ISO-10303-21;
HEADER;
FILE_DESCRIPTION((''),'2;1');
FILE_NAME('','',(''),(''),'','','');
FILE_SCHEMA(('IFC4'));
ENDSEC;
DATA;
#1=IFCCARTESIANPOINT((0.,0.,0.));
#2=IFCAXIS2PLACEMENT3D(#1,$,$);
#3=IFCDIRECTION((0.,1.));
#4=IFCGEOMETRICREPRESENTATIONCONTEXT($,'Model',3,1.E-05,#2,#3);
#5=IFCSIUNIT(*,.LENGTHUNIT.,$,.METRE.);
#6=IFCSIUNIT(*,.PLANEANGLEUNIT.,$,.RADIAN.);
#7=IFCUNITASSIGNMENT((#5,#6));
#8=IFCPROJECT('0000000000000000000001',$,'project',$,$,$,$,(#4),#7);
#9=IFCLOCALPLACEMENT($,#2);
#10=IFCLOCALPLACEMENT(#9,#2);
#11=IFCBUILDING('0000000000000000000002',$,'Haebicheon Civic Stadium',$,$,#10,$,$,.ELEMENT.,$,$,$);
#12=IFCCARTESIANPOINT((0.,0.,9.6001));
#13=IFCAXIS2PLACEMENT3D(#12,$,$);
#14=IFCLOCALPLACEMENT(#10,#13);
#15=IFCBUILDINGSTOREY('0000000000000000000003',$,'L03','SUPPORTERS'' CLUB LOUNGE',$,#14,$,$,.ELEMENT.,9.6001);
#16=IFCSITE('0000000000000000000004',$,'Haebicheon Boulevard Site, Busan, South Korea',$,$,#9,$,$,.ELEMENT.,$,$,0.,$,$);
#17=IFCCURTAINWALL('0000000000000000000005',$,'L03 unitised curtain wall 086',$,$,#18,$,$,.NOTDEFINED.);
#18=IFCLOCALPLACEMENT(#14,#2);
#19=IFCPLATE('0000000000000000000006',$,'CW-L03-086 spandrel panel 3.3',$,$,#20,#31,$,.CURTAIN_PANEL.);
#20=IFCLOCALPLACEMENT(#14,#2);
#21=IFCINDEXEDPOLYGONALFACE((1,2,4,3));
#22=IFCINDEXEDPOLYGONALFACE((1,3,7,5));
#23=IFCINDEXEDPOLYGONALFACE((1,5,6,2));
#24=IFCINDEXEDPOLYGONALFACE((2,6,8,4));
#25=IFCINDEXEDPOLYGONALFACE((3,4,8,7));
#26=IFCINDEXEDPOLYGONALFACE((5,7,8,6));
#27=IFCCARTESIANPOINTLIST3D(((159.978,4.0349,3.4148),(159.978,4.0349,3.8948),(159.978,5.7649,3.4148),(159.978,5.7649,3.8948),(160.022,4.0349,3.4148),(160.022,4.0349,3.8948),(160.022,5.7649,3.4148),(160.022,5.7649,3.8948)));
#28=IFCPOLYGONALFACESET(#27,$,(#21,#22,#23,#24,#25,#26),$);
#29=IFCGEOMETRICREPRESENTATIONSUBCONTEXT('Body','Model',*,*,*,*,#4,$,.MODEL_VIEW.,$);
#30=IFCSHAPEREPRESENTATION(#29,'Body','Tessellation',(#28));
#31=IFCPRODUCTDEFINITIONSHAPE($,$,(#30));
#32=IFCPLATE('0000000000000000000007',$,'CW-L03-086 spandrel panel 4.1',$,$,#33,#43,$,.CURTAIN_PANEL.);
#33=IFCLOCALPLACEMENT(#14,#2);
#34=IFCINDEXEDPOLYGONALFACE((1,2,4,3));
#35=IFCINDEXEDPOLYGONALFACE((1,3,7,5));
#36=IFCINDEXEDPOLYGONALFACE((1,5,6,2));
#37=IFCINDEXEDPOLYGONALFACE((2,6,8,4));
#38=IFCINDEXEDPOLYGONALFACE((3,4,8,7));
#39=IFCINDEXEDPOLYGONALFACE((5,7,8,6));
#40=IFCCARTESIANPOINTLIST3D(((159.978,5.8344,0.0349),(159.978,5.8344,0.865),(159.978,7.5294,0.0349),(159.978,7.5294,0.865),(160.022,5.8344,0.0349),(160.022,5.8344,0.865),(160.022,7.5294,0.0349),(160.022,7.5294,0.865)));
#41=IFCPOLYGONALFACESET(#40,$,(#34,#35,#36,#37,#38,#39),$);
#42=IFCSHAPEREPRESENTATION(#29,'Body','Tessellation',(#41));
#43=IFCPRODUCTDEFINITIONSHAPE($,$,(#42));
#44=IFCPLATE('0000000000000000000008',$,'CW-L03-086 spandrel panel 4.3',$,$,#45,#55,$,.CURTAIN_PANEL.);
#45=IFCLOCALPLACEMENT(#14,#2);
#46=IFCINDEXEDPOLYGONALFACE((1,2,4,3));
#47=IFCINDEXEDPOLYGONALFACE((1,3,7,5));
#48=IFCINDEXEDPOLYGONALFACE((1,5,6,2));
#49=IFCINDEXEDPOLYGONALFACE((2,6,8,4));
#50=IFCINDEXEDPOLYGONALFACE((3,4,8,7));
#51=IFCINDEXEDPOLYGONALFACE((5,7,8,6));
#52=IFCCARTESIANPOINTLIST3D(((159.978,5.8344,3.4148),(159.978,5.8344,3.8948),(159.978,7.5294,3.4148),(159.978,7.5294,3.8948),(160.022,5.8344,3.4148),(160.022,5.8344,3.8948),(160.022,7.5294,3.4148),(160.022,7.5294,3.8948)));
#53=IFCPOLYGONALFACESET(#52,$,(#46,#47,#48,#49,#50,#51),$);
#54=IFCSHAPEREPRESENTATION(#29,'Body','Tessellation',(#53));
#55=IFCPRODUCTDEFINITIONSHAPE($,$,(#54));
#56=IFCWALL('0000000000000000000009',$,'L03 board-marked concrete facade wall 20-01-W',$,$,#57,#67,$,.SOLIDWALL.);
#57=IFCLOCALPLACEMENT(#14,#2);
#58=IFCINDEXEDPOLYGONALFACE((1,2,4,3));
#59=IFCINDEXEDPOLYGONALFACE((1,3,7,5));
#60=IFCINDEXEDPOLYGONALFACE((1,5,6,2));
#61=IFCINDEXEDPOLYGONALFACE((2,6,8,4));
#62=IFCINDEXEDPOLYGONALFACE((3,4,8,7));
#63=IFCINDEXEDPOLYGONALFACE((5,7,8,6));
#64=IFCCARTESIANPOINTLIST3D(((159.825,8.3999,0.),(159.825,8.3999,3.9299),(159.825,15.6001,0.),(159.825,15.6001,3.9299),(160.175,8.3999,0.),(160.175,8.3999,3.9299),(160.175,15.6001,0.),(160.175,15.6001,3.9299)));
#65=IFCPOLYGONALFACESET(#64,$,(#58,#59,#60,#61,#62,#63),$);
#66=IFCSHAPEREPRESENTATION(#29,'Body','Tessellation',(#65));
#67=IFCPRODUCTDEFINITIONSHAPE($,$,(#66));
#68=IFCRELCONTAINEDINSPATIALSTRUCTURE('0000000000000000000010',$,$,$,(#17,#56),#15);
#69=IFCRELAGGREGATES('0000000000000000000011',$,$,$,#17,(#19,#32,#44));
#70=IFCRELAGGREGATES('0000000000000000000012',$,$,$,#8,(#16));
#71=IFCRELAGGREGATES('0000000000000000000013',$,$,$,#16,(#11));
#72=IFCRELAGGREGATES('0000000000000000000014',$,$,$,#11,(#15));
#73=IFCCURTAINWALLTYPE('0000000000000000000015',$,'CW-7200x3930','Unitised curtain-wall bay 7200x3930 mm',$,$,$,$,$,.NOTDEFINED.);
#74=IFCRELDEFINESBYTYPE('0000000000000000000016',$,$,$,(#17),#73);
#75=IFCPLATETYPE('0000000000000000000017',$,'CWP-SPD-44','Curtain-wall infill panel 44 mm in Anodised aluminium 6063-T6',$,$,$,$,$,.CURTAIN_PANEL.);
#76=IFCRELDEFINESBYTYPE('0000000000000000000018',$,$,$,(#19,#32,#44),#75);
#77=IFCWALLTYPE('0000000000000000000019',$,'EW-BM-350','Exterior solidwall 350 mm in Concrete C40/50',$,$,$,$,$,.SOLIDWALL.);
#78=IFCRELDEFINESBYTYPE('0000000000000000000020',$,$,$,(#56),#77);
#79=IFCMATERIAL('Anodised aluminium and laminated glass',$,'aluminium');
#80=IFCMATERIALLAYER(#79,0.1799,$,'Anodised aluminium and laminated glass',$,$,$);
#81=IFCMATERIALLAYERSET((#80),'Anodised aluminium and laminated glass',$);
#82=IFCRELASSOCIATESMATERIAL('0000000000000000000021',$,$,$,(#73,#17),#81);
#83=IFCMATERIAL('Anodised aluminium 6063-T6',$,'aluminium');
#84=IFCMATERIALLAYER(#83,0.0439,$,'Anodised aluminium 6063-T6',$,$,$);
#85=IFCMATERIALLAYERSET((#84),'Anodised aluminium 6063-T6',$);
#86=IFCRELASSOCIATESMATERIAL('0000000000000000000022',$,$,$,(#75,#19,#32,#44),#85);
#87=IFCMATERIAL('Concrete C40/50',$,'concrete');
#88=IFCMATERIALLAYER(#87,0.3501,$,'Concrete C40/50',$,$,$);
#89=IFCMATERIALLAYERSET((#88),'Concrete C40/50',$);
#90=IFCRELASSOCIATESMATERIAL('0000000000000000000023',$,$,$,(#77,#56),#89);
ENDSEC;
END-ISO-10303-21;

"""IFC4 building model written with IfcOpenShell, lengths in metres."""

from ifc_helpers import new_model, si_unit, direction, frame, frame_2d, origin, origin_2d, place, context, subcontext, project, spatial, rectangle, extrude, material, layer, layer_set, type_object, element, aggregate, save


model = new_model("IFC4")

# Units and contexts
model_context = context("Model", 3, precision=1e-05, world=origin(), true_north=direction((0.0, 1.0)))
body_context = subcontext(model_context, "Body", "Model", "MODEL_VIEW")
ifc_project = project(units=[si_unit("LENGTHUNIT", "METRE"), si_unit("PLANEANGLEUNIT", "RADIAN")], contexts=[model_context])

# Site, building, storey
site_placement = place(None, origin())
site = spatial("IfcSite", under=ifc_project, at=site_placement, Name="Haebicheon Boulevard Site, Busan, South Korea", CompositionType="ELEMENT", RefElevation=0.0)
building_placement = place(site_placement, origin())
building = spatial("IfcBuilding", under=site, at=building_placement, Name="Haebicheon Civic Stadium", CompositionType="ELEMENT")
storey_placement = place(building_placement, frame((0.0, 0.0, 9.6001)))
storey = spatial("IfcBuildingStorey", under=building, at=storey_placement, Name="L03", Description="SUPPORTERS' CLUB LOUNGE", CompositionType="ELEMENT", Elevation=9.6001)

# Curtain wall
ifc_material_1 = material(Name="Anodised aluminium and laminated glass", Category="aluminium")
ifc_layer_1 = layer(ifc_material_1, 0.1799, Name="Anodised aluminium and laminated glass")
ifc_layer_set_1 = layer_set([ifc_layer_1], Name="Anodised aluminium and laminated glass")
curtain_wall_type = type_object("IfcCurtainWallType", Name="CW-7200x3930", Description="Unitised curtain-wall bay 7200x3930 mm", PredefinedType="NOTDEFINED", material=ifc_layer_set_1)
curtain_wall_placement = place(storey_placement, origin())
curtain_wall = element("IfcCurtainWall", 1, at=curtain_wall_placement, inside=storey, type_object=curtain_wall_type, material=ifc_layer_set_1, Name="L03 unitised curtain wall 086", PredefinedType="NOTDEFINED")

# Plates
ifc_material_2 = material(Name="Anodised aluminium 6063-T6", Category="aluminium")
ifc_layer_2 = layer(ifc_material_2, 0.0439, Name="Anodised aluminium 6063-T6")
ifc_layer_set_2 = layer_set([ifc_layer_2], Name="Anodised aluminium 6063-T6")
plate_type_1 = type_object("IfcPlateType", Name="CWP-SPD-44", Description="Curtain-wall infill panel 44 mm in Anodised aluminium 6063-T6", PredefinedType="CURTAIN_PANEL", material=ifc_layer_set_2)
plate_1_placement = place(storey_placement, frame((160.0, 4.8999, 3.4148), z_axis=(0.0, 0.0, 1.0), x_axis=(0.0, 1.0, 0.0)))
plate_1 = element("IfcPlate", 2, at=plate_1_placement, type_object=plate_type_1, material=ifc_layer_set_2, Name="CW-L03-086 spandrel panel 3.3", PredefinedType="CURTAIN_PANEL", context=body_context, shape_type="SweptSolid", body=[
    extrude(rectangle(XDim=1.73, YDim=0.0439, at=origin_2d()), origin(), (0.0, 0.0, 1.0), 0.48),
])
plate_2_placement = place(storey_placement, frame((160.0, 6.6819, 0.0349), z_axis=(0.0, 0.0, 1.0), x_axis=(0.0, 1.0, 0.0)))
plate_2 = element("IfcPlate", 3, at=plate_2_placement, type_object=plate_type_1, material=ifc_layer_set_2, Name="CW-L03-086 spandrel panel 4.1", PredefinedType="CURTAIN_PANEL", context=body_context, shape_type="SweptSolid", body=[
    extrude(rectangle(XDim=1.6951, YDim=0.0439, at=origin_2d()), origin(), (0.0, 0.0, 1.0), 0.8301),
])
plate_3_placement = place(storey_placement, frame((160.0, 6.6819, 3.4148), z_axis=(0.0, 0.0, 1.0), x_axis=(0.0, 1.0, 0.0)))
plate_3 = element("IfcPlate", 4, at=plate_3_placement, type_object=plate_type_1, material=ifc_layer_set_2, Name="CW-L03-086 spandrel panel 4.3", PredefinedType="CURTAIN_PANEL", context=body_context, shape_type="SweptSolid", body=[
    extrude(rectangle(XDim=1.6951, YDim=0.0439, at=origin_2d()), origin(), (0.0, 0.0, 1.0), 0.48),
])
aggregate(curtain_wall, [plate_1, plate_2, plate_3])

# Wall
ifc_material_3 = material(Name="Concrete C40/50", Category="concrete")
ifc_layer_3 = layer(ifc_material_3, 0.3501, Name="Concrete C40/50")
ifc_layer_set_3 = layer_set([ifc_layer_3], Name="Concrete C40/50")
wall_type = type_object("IfcWallType", Name="EW-BM-350", Description="Exterior solidwall 350 mm in Concrete C40/50", PredefinedType="SOLIDWALL", material=ifc_layer_set_3)
wall_placement = place(storey_placement, frame((160.0, 8.3999, 0.0), z_axis=(0.0, 0.0, 1.0), x_axis=(0.0, 1.0, 0.0)))
element("IfcWall", 5, at=wall_placement, inside=storey, type_object=wall_type, material=ifc_layer_set_3, Name="L03 board-marked concrete facade wall 20-01-W", PredefinedType="SOLIDWALL", context=body_context, shape_type="SweptSolid", body=[
    extrude(rectangle(XDim=7.2002, YDim=0.3501, at=frame_2d((3.6001, 0.0))), origin(), (0.0, 0.0, 1.0), 3.9299),
])

save(model, "model.ifc")
